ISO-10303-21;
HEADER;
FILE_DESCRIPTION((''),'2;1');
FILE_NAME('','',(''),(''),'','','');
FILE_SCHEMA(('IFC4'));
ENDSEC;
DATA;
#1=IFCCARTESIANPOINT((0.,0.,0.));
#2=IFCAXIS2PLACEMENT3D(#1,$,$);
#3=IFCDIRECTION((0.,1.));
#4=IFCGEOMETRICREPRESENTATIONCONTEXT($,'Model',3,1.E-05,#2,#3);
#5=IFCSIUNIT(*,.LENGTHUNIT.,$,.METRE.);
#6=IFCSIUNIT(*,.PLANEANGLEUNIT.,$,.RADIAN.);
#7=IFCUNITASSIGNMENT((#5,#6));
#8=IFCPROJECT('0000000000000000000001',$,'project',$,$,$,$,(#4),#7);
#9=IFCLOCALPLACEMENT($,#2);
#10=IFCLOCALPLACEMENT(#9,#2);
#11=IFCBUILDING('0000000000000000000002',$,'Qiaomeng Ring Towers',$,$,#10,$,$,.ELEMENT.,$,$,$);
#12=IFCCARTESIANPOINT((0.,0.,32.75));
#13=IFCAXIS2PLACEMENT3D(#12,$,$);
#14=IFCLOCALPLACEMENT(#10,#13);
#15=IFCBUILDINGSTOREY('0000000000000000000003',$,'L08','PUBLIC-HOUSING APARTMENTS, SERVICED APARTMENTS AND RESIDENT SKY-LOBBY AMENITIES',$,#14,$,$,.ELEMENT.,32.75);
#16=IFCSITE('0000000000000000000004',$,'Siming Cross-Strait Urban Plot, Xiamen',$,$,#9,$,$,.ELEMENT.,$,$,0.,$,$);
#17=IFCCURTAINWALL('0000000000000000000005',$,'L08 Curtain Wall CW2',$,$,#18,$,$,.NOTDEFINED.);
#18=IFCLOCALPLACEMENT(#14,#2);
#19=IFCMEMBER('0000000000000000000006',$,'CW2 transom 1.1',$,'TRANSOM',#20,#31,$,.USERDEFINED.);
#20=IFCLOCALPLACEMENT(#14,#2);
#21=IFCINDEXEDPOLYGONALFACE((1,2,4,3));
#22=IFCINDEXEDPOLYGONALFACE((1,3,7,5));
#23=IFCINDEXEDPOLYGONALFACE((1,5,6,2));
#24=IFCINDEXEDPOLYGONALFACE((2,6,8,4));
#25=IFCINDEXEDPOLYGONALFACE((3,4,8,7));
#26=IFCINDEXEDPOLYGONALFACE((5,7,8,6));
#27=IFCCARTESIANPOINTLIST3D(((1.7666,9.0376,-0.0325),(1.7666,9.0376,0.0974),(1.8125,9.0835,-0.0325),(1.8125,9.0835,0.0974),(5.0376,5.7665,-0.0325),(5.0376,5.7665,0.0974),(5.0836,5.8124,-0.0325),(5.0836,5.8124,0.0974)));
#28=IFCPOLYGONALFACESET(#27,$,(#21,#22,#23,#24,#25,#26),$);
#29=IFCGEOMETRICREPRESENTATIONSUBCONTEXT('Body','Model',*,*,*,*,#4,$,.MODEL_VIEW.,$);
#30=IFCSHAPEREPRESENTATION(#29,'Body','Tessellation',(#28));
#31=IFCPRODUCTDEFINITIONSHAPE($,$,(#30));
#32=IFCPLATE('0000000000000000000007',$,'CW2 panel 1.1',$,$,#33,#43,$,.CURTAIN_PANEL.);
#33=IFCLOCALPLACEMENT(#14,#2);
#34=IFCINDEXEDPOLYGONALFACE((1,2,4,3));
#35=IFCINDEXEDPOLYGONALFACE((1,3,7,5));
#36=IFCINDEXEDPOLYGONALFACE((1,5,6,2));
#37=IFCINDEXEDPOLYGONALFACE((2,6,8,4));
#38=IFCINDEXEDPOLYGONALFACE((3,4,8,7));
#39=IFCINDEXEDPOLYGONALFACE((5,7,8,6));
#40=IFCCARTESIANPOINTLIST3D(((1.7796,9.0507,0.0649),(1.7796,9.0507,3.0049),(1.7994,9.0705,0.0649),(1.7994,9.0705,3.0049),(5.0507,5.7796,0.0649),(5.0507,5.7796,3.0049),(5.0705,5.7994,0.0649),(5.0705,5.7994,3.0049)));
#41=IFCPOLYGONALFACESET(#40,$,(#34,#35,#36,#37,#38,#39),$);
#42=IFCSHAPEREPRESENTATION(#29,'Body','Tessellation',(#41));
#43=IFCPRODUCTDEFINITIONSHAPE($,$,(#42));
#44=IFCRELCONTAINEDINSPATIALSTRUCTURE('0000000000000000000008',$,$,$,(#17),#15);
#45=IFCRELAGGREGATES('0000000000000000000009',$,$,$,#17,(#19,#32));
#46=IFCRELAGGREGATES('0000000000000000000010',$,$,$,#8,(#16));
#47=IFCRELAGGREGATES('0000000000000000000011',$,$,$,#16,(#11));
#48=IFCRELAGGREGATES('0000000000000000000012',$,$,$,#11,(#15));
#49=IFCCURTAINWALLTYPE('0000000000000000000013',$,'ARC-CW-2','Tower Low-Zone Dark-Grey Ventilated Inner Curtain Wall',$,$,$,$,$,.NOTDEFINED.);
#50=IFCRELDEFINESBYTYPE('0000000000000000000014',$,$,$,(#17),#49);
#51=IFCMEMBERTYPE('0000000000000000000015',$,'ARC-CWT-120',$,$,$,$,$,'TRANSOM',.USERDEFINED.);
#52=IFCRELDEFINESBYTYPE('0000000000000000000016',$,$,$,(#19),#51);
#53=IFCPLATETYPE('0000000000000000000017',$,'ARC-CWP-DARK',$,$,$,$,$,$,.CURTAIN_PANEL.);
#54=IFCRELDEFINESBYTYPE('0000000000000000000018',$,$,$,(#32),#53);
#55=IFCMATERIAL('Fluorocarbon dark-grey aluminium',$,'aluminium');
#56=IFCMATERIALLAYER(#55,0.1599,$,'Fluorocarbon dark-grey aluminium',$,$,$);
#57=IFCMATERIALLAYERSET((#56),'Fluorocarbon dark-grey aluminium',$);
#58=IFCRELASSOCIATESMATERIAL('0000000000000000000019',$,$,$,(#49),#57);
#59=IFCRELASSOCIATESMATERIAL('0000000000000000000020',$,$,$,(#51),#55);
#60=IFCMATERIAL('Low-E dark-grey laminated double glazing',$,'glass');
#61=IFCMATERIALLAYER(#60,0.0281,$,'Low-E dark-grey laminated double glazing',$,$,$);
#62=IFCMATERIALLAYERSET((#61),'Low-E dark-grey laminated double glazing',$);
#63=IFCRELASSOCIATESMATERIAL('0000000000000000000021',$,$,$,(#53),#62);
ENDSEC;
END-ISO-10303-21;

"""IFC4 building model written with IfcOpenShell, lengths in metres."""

from ifc_helpers import new_model, si_unit, direction, frame, origin, origin_2d, place, context, subcontext, project, spatial, rectangle, extrude, source, transform, mapped, material, layer, layer_set, material_profile, profile_set, type_object, element, aggregate, save


model = new_model("IFC4")

# Units and contexts
model_context = context("Model", 3, precision=1e-05, world=origin(), true_north=direction((0.0, 1.0)))
body_context = subcontext(model_context, "Body", "Model", "MODEL_VIEW")
ifc_project = project(units=[si_unit("LENGTHUNIT", "METRE"), si_unit("PLANEANGLEUNIT", "RADIAN")], contexts=[model_context])

# Site, building, storey
site_placement = place(None, origin())
site = spatial("IfcSite", under=ifc_project, at=site_placement, Name="Siming Cross-Strait Urban Plot, Xiamen", CompositionType="ELEMENT", RefElevation=0.0)
building_placement = place(site_placement, origin())
building = spatial("IfcBuilding", under=site, at=building_placement, Name="Qiaomeng Ring Towers", CompositionType="ELEMENT")
storey_placement = place(building_placement, frame((0.0, 0.0, 32.75)))
storey = spatial("IfcBuildingStorey", under=building, at=storey_placement, Name="L08", Description="PUBLIC-HOUSING APARTMENTS, SERVICED APARTMENTS AND RESIDENT SKY-LOBBY AMENITIES", CompositionType="ELEMENT", Elevation=32.75)

# Curtain wall, member, plate
ifc_material_1 = material(Name="Fluorocarbon dark-grey aluminium", Category="aluminium")
ifc_layer_1 = layer(ifc_material_1, 0.1599, Name="Fluorocarbon dark-grey aluminium")
ifc_layer_set_1 = layer_set([ifc_layer_1], Name="Fluorocarbon dark-grey aluminium")
curtain_wall_type = type_object("IfcCurtainWallType", Name="ARC-CW-2", Description="Tower Low-Zone Dark-Grey Ventilated Inner Curtain Wall", PredefinedType="NOTDEFINED", material=ifc_layer_set_1)
curtain_wall_placement = place(storey_placement, origin())
curtain_wall = element("IfcCurtainWall", 1, at=curtain_wall_placement, inside=storey, type_object=curtain_wall_type, Name="L08 Curtain Wall CW2", PredefinedType="NOTDEFINED")
ifc_material_profile_1 = material_profile(ifc_material_1, rectangle(XDim=0.0649, YDim=0.1299, at=origin_2d()), Name="ALU TRAN 65x130")
ifc_profile_set_1 = profile_set([ifc_material_profile_1], Name="Fluorocarbon dark-grey aluminium")
member_type_1 = type_object("IfcMemberType", Name="ARC-CWT-120", ElementType="TRANSOM", PredefinedType="USERDEFINED", material=ifc_profile_set_1)
shared_shape_1 = source(origin(), body_context, "Body", "SweptSolid", [
    extrude(rectangle(XDim=0.0649, YDim=0.1299, at=origin_2d()), origin(), (0.0, 0.0, 1.0), 4.626),
])
member_1_placement = place(storey_placement, frame((1.7896, 9.0605, 0.0325), z_axis=(0.707107, -0.707107, 0.0), x_axis=(0.707107, 0.707107, 0.0)))
member_1 = element("IfcMember", 2, at=member_1_placement, type_object=member_type_1, Name="CW2 transom 1.1", ObjectType="TRANSOM", PredefinedType="USERDEFINED", context=body_context, shape_type="MappedRepresentation", body=[
    mapped(shared_shape_1, transform((0.0, 0.0, 0.0), x_axis=(1.0, 0.0, 0.0), y_axis=(0.0, 1.0, 0.0), z_axis=(0.0, 0.0, 1.0), scale=1.0)),
])
ifc_material_2 = material(Name="Low-E dark-grey laminated double glazing", Category="glass")
ifc_layer_2 = layer(ifc_material_2, 0.0281, Name="Low-E dark-grey laminated double glazing")
ifc_layer_set_2 = layer_set([ifc_layer_2], Name="Low-E dark-grey laminated double glazing")
plate_type = type_object("IfcPlateType", Name="ARC-CWP-DARK", PredefinedType="CURTAIN_PANEL", material=ifc_layer_set_2)
shared_shape_2 = source(origin(), body_context, "Body", "SweptSolid", [
    extrude(rectangle(XDim=4.626, YDim=0.0281, at=origin_2d()), origin(), (0.0, 0.0, 1.0), 2.9399),
])
plate_placement = place(storey_placement, frame((3.425, 7.425, 0.0649), z_axis=(0.0, 0.0, 1.0), x_axis=(0.707107, -0.707107, 0.0)))
plate = element("IfcPlate", 3, at=plate_placement, type_object=plate_type, Name="CW2 panel 1.1", PredefinedType="CURTAIN_PANEL", context=body_context, shape_type="MappedRepresentation", body=[
    mapped(shared_shape_2, transform((0.0, 0.0, 0.0), x_axis=(1.0, 0.0, 0.0), y_axis=(0.0, 1.0, 0.0), z_axis=(0.0, 0.0, 1.0), scale=1.0)),
])
aggregate(curtain_wall, [member_1, plate])

save(model, "model.ifc")
